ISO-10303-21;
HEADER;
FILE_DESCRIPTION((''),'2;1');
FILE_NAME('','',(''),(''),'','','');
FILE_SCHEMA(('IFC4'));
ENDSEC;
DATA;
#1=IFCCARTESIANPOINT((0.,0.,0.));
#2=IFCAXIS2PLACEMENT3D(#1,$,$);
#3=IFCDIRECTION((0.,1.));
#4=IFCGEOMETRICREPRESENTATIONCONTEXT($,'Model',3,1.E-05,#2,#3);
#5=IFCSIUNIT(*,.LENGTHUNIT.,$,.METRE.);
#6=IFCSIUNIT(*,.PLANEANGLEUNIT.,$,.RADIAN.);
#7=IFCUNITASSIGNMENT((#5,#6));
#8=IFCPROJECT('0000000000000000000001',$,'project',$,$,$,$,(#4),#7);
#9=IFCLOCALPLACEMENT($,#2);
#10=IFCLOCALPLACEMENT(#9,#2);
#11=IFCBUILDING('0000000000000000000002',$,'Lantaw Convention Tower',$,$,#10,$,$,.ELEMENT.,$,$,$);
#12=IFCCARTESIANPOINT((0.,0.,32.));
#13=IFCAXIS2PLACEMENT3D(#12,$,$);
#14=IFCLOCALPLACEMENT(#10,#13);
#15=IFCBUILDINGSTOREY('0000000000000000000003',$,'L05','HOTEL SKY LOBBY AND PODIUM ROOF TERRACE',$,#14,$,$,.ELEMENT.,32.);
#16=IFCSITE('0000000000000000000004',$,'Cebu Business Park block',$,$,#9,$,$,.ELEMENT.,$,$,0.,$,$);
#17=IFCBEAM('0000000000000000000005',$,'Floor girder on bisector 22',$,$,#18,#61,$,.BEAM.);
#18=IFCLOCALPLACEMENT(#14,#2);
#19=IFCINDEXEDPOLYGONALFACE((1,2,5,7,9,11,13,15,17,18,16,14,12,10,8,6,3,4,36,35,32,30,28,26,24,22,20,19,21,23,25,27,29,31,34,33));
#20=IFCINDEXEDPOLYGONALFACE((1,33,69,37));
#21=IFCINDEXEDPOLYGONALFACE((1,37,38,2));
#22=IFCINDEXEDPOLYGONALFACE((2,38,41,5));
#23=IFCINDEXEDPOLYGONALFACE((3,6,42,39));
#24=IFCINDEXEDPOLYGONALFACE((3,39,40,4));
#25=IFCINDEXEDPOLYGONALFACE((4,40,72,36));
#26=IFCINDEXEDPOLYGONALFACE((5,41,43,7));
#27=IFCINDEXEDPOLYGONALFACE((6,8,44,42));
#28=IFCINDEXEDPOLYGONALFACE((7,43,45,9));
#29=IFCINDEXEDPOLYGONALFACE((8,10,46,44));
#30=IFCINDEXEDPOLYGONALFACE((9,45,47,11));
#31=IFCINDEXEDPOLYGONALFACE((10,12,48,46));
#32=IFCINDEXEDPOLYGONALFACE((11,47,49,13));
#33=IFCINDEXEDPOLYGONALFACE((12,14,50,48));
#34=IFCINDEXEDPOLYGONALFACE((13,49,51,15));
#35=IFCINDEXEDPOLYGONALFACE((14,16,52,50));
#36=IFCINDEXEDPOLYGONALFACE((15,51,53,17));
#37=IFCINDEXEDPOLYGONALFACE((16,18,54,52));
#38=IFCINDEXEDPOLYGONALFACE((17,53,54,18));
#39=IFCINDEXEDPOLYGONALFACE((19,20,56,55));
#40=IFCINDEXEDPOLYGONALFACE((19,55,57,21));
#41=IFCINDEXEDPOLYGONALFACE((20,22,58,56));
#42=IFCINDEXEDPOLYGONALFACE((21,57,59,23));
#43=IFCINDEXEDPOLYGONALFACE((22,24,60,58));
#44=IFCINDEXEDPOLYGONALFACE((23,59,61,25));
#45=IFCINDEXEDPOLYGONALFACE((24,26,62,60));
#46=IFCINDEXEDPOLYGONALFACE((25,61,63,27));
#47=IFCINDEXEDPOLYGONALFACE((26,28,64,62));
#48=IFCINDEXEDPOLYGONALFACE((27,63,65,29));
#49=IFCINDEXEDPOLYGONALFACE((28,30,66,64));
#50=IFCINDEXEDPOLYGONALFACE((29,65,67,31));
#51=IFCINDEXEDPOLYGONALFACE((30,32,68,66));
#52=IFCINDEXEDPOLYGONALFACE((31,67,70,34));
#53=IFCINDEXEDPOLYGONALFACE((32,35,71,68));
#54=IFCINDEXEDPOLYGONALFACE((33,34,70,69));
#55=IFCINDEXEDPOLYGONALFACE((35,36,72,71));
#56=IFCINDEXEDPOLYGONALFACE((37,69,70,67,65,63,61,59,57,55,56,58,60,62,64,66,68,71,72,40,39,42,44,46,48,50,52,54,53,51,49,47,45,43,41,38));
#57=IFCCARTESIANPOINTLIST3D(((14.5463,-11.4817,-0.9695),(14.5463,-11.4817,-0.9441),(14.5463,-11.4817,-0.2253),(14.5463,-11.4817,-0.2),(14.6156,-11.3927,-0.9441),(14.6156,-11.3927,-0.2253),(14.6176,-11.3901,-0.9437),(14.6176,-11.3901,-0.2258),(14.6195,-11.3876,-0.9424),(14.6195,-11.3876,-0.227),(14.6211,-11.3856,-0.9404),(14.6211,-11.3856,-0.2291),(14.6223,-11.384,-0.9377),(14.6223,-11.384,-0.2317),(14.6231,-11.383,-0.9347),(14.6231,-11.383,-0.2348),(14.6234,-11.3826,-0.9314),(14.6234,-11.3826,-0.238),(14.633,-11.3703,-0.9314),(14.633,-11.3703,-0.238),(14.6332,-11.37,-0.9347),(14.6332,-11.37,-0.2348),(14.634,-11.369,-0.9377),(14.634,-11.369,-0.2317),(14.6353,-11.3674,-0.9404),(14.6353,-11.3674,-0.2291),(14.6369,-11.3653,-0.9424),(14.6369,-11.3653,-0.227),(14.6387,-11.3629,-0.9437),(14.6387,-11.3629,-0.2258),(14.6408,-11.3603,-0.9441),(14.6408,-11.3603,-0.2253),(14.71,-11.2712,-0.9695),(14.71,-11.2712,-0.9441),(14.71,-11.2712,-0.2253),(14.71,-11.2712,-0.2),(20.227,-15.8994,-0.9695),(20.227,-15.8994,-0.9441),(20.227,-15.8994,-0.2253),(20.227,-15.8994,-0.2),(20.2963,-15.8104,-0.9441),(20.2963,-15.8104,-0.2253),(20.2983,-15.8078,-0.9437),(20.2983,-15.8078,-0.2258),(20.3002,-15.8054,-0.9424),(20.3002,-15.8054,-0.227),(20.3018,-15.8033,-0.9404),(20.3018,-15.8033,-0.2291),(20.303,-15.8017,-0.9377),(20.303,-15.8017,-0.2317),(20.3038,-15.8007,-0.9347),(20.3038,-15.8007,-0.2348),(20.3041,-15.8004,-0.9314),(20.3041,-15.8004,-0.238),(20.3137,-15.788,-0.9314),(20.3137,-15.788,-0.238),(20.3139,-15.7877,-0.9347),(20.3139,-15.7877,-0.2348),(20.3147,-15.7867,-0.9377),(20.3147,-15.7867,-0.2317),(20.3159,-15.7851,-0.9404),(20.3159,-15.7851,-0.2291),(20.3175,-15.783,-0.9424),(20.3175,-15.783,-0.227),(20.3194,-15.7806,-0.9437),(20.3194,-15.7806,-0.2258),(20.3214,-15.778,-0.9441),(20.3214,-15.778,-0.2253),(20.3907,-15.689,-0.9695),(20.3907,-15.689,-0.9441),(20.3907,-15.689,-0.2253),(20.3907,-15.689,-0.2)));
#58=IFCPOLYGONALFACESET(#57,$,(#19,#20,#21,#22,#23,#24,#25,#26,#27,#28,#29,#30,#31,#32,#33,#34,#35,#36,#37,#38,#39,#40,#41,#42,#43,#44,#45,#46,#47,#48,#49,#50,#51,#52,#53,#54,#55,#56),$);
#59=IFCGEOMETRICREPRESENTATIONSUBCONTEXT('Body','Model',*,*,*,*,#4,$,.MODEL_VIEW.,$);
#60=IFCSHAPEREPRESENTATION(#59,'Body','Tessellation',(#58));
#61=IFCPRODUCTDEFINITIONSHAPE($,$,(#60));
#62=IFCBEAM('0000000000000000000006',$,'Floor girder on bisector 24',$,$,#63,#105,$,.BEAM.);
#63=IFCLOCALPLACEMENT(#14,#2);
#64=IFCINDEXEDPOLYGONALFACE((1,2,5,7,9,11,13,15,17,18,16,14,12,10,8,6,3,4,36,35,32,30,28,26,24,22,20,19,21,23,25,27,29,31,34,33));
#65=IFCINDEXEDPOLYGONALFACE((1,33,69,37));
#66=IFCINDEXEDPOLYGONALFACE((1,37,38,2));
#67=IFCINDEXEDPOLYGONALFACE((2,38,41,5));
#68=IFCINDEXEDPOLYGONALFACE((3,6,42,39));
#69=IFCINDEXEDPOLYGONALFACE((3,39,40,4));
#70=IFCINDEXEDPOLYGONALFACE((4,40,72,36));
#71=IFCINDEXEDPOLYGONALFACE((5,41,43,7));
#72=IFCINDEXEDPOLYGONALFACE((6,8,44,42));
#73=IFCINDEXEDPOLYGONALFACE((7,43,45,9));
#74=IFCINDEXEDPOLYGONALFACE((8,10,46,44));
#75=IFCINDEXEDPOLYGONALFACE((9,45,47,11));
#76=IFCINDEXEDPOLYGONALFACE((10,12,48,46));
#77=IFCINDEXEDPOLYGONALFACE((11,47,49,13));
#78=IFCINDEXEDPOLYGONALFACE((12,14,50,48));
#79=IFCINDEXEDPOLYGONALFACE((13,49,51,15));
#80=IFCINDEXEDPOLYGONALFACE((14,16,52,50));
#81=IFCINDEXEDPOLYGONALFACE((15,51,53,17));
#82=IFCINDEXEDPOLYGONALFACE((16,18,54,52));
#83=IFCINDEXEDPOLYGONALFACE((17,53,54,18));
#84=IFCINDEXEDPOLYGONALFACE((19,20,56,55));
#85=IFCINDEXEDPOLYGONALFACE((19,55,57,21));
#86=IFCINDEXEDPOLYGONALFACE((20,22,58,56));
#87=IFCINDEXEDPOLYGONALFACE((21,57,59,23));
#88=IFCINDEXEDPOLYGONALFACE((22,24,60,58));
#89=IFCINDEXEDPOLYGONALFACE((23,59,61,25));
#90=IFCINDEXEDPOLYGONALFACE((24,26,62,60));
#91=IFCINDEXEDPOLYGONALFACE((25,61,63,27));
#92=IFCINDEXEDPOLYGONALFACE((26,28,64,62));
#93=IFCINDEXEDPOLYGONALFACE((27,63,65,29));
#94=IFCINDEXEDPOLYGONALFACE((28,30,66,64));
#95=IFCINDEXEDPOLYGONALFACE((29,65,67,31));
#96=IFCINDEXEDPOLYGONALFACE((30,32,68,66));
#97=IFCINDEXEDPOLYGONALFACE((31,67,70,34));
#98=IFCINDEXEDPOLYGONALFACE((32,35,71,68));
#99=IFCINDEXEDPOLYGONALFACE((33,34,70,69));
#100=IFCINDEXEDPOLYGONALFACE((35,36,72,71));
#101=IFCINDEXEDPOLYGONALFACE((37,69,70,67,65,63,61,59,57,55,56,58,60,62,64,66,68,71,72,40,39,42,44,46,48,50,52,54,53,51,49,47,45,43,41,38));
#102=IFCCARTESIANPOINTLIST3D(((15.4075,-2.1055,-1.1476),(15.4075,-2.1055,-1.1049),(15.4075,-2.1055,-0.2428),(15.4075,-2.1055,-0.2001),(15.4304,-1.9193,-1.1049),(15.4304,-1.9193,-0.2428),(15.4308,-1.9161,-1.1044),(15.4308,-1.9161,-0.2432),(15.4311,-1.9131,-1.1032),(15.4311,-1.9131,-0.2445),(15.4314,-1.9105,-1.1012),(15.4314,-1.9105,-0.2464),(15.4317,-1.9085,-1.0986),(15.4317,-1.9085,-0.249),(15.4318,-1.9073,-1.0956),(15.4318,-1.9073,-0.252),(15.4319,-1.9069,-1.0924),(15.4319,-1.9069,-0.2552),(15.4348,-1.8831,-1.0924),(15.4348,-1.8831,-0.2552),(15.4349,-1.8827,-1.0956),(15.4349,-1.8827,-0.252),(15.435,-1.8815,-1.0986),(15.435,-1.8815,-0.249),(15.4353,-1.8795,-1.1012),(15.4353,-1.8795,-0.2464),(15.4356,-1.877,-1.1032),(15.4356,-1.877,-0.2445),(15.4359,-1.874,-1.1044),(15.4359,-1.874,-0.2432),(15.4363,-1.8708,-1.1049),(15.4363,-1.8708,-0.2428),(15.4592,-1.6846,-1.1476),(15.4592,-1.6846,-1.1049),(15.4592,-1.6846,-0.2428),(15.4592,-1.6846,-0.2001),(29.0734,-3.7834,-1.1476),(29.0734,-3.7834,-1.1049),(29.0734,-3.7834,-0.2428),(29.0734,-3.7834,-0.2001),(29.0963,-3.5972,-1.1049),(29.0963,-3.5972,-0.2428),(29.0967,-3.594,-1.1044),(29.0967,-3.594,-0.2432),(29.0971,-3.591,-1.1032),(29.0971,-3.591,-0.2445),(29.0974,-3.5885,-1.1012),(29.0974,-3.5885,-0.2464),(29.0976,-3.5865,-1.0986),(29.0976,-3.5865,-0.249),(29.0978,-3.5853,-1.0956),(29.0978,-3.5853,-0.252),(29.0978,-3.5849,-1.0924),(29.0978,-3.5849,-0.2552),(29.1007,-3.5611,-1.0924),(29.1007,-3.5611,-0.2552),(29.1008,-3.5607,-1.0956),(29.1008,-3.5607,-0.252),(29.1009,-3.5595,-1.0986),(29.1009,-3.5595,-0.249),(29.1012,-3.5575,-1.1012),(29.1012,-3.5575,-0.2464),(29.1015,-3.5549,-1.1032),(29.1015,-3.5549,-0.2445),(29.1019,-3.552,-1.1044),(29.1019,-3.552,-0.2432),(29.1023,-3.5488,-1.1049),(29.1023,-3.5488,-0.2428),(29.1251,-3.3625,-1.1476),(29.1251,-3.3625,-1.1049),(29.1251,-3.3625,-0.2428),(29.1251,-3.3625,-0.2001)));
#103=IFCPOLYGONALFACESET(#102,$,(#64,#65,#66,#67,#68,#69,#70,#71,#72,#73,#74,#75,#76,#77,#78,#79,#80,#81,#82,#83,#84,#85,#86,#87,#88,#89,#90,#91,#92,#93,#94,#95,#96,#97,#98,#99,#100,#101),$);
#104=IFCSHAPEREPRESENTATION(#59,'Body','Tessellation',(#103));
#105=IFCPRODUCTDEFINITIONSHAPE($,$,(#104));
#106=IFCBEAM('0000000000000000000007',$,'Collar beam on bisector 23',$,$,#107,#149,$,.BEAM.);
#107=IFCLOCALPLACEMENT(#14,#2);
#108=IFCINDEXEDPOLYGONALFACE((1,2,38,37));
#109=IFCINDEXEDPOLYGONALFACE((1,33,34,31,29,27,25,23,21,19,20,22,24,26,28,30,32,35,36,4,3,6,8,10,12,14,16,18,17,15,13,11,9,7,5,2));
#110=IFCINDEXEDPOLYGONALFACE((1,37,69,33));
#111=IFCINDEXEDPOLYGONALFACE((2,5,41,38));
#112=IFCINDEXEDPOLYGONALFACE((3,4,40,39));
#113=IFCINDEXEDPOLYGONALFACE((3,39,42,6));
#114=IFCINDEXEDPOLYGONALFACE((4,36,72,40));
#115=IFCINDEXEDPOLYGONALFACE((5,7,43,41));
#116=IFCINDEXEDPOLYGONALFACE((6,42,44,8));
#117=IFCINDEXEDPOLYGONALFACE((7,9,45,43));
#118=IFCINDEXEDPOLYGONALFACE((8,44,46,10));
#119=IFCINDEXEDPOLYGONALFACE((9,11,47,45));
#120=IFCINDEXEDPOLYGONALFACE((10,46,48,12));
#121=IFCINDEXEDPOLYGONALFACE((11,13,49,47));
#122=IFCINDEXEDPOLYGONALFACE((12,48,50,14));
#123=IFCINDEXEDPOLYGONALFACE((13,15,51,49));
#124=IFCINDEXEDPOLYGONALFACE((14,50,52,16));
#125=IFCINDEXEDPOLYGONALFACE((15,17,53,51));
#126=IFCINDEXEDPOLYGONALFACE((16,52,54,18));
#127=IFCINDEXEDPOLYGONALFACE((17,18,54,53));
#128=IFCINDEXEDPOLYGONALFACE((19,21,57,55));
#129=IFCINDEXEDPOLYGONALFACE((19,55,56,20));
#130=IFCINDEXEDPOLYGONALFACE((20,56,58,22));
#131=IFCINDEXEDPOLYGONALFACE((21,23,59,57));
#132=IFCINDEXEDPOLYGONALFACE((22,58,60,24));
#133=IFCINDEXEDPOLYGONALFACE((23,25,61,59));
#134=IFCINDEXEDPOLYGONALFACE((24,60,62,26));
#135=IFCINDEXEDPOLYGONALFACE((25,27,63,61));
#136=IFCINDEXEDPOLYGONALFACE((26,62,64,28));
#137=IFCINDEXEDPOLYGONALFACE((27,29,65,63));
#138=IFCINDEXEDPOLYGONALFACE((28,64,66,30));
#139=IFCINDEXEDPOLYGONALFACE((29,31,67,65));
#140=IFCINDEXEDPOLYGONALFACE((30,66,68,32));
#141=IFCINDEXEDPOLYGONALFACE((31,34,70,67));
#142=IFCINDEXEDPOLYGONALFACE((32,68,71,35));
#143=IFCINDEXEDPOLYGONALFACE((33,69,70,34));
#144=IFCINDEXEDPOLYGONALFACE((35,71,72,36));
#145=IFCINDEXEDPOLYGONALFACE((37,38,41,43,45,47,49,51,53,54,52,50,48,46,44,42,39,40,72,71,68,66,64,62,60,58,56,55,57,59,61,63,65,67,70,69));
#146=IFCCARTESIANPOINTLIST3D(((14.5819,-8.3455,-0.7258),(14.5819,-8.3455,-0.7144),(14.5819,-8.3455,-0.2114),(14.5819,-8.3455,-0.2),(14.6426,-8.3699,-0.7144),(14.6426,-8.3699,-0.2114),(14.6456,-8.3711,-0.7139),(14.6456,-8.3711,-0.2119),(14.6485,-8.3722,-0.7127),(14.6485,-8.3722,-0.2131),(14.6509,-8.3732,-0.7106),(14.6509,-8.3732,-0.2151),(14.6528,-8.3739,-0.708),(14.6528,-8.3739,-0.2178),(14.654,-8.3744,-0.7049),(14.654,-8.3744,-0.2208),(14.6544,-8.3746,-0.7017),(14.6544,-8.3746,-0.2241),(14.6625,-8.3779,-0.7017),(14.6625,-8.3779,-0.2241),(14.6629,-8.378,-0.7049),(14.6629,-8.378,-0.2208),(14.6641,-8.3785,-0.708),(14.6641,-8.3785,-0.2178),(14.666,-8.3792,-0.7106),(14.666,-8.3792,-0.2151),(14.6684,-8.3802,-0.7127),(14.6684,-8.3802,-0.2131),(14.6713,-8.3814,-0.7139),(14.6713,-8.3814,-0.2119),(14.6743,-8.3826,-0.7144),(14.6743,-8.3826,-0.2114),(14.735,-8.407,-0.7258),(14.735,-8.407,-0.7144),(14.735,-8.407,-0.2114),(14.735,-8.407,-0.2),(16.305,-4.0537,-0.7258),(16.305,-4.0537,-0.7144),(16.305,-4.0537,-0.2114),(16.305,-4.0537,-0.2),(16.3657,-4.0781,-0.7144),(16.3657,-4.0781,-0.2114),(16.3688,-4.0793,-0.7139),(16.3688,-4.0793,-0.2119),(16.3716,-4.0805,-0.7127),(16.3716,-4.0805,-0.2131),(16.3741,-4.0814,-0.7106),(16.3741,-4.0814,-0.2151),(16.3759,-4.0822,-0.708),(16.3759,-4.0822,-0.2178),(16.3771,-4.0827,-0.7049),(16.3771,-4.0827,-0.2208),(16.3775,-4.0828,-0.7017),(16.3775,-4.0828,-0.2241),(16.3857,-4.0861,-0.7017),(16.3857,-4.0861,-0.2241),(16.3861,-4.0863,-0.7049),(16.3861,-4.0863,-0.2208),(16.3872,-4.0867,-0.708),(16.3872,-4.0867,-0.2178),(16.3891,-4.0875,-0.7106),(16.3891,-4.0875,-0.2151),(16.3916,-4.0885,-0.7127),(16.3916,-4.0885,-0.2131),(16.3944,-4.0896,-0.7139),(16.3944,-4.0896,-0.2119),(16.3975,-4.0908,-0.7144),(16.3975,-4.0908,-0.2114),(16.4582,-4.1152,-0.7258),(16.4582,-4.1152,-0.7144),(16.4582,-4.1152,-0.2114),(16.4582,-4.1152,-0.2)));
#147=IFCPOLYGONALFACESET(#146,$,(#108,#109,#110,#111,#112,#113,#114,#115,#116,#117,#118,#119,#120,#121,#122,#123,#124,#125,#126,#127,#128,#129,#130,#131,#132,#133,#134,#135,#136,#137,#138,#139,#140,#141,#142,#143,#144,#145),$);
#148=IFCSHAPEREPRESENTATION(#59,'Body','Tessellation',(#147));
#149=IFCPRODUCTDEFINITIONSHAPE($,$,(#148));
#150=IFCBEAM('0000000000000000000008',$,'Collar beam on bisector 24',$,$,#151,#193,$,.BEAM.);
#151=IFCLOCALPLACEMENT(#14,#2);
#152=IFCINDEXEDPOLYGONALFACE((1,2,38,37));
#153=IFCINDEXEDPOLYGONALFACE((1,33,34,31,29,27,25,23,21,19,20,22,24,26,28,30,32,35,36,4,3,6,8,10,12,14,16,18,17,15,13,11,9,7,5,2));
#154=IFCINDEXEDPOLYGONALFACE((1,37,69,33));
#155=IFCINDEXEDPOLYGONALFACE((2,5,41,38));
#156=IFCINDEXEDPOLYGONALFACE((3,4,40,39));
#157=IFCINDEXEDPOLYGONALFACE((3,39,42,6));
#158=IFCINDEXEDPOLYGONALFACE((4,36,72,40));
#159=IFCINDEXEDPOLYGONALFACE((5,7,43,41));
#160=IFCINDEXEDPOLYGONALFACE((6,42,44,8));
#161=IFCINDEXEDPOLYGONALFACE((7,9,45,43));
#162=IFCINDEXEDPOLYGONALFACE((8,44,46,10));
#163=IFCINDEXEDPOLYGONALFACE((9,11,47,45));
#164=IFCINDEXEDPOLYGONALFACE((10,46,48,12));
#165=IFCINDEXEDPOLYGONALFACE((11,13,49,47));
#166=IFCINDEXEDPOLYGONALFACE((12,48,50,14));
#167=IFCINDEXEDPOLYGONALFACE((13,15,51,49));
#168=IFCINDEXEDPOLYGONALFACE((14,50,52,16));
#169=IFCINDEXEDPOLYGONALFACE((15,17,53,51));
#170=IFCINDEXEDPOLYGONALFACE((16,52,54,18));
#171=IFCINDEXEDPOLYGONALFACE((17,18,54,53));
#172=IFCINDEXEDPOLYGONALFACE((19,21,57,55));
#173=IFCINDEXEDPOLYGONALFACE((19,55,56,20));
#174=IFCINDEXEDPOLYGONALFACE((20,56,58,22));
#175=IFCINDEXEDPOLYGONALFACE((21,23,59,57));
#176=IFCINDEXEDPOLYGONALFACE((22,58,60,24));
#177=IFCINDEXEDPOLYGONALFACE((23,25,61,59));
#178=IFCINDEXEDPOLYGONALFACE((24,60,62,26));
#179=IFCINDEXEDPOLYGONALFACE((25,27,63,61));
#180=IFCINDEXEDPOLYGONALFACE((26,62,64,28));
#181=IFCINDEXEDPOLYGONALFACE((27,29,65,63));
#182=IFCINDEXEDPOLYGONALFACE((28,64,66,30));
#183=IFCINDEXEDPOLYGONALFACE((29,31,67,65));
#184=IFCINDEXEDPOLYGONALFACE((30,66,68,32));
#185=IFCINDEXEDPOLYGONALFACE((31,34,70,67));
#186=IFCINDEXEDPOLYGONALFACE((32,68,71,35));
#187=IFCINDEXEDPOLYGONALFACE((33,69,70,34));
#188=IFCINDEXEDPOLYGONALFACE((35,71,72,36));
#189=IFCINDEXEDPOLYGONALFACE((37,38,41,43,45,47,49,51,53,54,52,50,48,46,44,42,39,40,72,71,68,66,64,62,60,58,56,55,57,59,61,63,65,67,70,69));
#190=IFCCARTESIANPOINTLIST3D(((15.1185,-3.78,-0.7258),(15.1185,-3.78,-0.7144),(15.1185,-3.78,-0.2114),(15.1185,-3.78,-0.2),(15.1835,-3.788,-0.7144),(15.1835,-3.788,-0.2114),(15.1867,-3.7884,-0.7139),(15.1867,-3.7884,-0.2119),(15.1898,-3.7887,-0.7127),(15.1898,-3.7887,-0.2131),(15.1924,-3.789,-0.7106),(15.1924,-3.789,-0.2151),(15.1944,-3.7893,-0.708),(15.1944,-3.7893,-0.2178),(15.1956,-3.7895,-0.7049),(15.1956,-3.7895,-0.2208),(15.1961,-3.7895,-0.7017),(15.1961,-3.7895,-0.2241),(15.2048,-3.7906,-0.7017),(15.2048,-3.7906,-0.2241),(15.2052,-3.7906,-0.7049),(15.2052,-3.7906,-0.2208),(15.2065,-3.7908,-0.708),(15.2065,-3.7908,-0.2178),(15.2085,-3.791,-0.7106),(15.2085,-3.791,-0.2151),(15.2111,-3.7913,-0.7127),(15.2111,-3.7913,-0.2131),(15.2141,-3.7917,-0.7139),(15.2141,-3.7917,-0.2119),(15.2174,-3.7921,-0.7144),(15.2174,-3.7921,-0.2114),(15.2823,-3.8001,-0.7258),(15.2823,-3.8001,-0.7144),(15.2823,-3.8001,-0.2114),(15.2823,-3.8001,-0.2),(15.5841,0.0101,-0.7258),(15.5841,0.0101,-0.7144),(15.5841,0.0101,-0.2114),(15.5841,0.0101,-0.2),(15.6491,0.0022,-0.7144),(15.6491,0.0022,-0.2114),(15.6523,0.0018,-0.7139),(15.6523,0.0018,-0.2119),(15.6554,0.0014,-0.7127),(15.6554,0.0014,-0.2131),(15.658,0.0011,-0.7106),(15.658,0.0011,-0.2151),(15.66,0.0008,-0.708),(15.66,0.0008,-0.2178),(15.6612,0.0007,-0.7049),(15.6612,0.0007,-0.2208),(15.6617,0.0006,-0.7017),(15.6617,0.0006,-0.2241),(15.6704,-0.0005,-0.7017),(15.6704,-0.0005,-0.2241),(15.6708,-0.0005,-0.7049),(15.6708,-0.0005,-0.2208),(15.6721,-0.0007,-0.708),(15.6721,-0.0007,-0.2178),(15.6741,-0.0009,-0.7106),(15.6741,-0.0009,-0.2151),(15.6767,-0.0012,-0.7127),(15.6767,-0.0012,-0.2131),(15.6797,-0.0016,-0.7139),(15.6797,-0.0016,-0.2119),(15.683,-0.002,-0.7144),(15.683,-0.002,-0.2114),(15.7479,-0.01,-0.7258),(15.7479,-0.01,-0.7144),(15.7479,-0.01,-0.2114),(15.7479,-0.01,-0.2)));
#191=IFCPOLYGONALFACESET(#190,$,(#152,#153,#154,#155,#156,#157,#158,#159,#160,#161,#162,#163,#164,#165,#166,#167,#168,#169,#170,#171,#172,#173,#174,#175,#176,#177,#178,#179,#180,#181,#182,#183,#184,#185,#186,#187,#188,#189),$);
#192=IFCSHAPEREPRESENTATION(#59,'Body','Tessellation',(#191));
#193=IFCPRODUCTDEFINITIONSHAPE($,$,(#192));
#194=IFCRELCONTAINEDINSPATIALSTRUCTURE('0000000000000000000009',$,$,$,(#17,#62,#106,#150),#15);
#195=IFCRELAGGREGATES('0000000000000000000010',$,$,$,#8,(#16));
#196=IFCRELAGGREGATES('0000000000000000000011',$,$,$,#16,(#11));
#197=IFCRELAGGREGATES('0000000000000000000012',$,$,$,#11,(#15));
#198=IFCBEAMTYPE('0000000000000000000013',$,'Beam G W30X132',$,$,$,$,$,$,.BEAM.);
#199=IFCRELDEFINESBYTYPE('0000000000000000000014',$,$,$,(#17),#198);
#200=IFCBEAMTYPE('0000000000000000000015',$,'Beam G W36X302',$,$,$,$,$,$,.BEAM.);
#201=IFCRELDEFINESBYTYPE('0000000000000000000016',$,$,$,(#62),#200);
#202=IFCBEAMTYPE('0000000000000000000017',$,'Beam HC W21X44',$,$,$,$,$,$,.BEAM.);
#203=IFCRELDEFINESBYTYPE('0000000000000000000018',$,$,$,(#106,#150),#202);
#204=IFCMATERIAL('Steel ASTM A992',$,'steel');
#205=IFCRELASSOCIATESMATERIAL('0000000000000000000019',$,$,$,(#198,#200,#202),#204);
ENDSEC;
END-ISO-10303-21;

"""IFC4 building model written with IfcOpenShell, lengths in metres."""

from ifc_helpers import new_model, si_unit, direction, frame, origin, origin_2d, place, context, subcontext, project, spatial, i_section, extrude, material, material_profile, profile_set, type_object, element, save


model = new_model("IFC4")

# Units and contexts
model_context = context("Model", 3, precision=1e-05, world=origin(), true_north=direction((0.0, 1.0)))
body_context = subcontext(model_context, "Body", "Model", "MODEL_VIEW")
ifc_project = project(units=[si_unit("LENGTHUNIT", "METRE"), si_unit("PLANEANGLEUNIT", "RADIAN")], contexts=[model_context])

# Site, building, storey
site_placement = place(None, origin())
site = spatial("IfcSite", under=ifc_project, at=site_placement, Name="Cebu Business Park block", CompositionType="ELEMENT", RefElevation=0.0)
building_placement = place(site_placement, origin())
building = spatial("IfcBuilding", under=site, at=building_placement, Name="Lantaw Convention Tower", CompositionType="ELEMENT")
storey_placement = place(building_placement, frame((0.0, 0.0, 32.0)))
storey = spatial("IfcBuildingStorey", under=building, at=storey_placement, Name="L05", Description="HOTEL SKY LOBBY AND PODIUM ROOF TERRACE", CompositionType="ELEMENT", Elevation=32.0)

# Beams
ifc_material_1 = material(Name="Steel ASTM A992", Category="steel")
ifc_material_profile_1 = material_profile(ifc_material_1, i_section(OverallWidth=0.2666, OverallDepth=0.7695, WebThickness=0.0156, FlangeThickness=0.0254, FilletRadius=0.0127, at=origin_2d()), Name="W30X132")
ifc_profile_set_1 = profile_set([ifc_material_profile_1], Name="Steel ASTM A992")
beam_type_1 = type_object("IfcBeamType", Name="Beam G W30X132", PredefinedType="BEAM", material=ifc_profile_set_1)
beam_1_placement = place(storey_placement, frame((14.6282, -11.3765, -0.5847), z_axis=(0.789391, -0.613891, 0.0), x_axis=(0.613891, 0.789391, 0.0)))
element("IfcBeam", 1, at=beam_1_placement, inside=storey, type_object=beam_type_1, Name="Floor girder on bisector 22", PredefinedType="BEAM", context=body_context, shape_type="SweptSolid", body=[
    extrude(i_section(OverallWidth=0.2666, OverallDepth=0.7695, WebThickness=0.0156, FlangeThickness=0.0254, FilletRadius=0.0127, at=origin_2d()), origin(), (0.0, 0.0, 1.0), 7.1963),
])
ifc_material_profile_2 = material_profile(ifc_material_1, i_section(OverallWidth=0.4241, OverallDepth=0.9475, WebThickness=0.0239, FlangeThickness=0.0427, FilletRadius=0.0125, at=origin_2d()), Name="W36X302")
ifc_profile_set_2 = profile_set([ifc_material_profile_2], Name="Steel ASTM A992")
beam_type_2 = type_object("IfcBeamType", Name="Beam G W36X302", PredefinedType="BEAM", material=ifc_profile_set_2)
beam_2_placement = place(storey_placement, frame((15.4333, -1.895, -0.6738), z_axis=(0.992546, -0.12187, 0.0), x_axis=(0.12187, 0.992546, 0.0)))
element("IfcBeam", 2, at=beam_2_placement, inside=storey, type_object=beam_type_2, Name="Floor girder on bisector 24", PredefinedType="BEAM", context=body_context, shape_type="SweptSolid", body=[
    extrude(i_section(OverallWidth=0.4241, OverallDepth=0.9475, WebThickness=0.0239, FlangeThickness=0.0427, FilletRadius=0.0125, at=origin_2d()), origin(), (0.0, 0.0, 1.0), 13.7686),
])
ifc_material_profile_3 = material_profile(ifc_material_1, i_section(OverallWidth=0.165, OverallDepth=0.5259, WebThickness=0.0088, FlangeThickness=0.0115, FilletRadius=0.0127, at=origin_2d()), Name="W21X44")
ifc_profile_set_3 = profile_set([ifc_material_profile_3], Name="Steel ASTM A992")
beam_type_3 = type_object("IfcBeamType", Name="Beam HC W21X44", PredefinedType="BEAM", material=ifc_profile_set_3)
beam_3_placement = place(storey_placement, frame((14.6584, -8.3762, -0.4629), z_axis=(0.372592, 0.927995, 0.0), x_axis=(-0.927995, 0.372592, 0.0)))
element("IfcBeam", 3, at=beam_3_placement, inside=storey, type_object=beam_type_3, Name="Collar beam on bisector 23", PredefinedType="BEAM", context=body_context, shape_type="SweptSolid", body=[
    extrude(i_section(OverallWidth=0.165, OverallDepth=0.5259, WebThickness=0.0088, FlangeThickness=0.0115, FilletRadius=0.0127, at=origin_2d()), origin(), (0.0, 0.0, 1.0), 4.6248),
])
beam_4_placement = place(storey_placement, frame((15.2004, -3.79, -0.4629), z_axis=(0.121926, 0.992539, 0.0), x_axis=(-0.992539, 0.121926, 0.0)))
element("IfcBeam", 4, at=beam_4_placement, inside=storey, type_object=beam_type_3, Name="Collar beam on bisector 24", PredefinedType="BEAM", context=body_context, shape_type="SweptSolid", body=[
    extrude(i_section(OverallWidth=0.165, OverallDepth=0.5259, WebThickness=0.0088, FlangeThickness=0.0115, FilletRadius=0.0127, at=origin_2d()), origin(), (0.0, 0.0, 1.0), 3.8186),
])

save(model, "model.ifc")
